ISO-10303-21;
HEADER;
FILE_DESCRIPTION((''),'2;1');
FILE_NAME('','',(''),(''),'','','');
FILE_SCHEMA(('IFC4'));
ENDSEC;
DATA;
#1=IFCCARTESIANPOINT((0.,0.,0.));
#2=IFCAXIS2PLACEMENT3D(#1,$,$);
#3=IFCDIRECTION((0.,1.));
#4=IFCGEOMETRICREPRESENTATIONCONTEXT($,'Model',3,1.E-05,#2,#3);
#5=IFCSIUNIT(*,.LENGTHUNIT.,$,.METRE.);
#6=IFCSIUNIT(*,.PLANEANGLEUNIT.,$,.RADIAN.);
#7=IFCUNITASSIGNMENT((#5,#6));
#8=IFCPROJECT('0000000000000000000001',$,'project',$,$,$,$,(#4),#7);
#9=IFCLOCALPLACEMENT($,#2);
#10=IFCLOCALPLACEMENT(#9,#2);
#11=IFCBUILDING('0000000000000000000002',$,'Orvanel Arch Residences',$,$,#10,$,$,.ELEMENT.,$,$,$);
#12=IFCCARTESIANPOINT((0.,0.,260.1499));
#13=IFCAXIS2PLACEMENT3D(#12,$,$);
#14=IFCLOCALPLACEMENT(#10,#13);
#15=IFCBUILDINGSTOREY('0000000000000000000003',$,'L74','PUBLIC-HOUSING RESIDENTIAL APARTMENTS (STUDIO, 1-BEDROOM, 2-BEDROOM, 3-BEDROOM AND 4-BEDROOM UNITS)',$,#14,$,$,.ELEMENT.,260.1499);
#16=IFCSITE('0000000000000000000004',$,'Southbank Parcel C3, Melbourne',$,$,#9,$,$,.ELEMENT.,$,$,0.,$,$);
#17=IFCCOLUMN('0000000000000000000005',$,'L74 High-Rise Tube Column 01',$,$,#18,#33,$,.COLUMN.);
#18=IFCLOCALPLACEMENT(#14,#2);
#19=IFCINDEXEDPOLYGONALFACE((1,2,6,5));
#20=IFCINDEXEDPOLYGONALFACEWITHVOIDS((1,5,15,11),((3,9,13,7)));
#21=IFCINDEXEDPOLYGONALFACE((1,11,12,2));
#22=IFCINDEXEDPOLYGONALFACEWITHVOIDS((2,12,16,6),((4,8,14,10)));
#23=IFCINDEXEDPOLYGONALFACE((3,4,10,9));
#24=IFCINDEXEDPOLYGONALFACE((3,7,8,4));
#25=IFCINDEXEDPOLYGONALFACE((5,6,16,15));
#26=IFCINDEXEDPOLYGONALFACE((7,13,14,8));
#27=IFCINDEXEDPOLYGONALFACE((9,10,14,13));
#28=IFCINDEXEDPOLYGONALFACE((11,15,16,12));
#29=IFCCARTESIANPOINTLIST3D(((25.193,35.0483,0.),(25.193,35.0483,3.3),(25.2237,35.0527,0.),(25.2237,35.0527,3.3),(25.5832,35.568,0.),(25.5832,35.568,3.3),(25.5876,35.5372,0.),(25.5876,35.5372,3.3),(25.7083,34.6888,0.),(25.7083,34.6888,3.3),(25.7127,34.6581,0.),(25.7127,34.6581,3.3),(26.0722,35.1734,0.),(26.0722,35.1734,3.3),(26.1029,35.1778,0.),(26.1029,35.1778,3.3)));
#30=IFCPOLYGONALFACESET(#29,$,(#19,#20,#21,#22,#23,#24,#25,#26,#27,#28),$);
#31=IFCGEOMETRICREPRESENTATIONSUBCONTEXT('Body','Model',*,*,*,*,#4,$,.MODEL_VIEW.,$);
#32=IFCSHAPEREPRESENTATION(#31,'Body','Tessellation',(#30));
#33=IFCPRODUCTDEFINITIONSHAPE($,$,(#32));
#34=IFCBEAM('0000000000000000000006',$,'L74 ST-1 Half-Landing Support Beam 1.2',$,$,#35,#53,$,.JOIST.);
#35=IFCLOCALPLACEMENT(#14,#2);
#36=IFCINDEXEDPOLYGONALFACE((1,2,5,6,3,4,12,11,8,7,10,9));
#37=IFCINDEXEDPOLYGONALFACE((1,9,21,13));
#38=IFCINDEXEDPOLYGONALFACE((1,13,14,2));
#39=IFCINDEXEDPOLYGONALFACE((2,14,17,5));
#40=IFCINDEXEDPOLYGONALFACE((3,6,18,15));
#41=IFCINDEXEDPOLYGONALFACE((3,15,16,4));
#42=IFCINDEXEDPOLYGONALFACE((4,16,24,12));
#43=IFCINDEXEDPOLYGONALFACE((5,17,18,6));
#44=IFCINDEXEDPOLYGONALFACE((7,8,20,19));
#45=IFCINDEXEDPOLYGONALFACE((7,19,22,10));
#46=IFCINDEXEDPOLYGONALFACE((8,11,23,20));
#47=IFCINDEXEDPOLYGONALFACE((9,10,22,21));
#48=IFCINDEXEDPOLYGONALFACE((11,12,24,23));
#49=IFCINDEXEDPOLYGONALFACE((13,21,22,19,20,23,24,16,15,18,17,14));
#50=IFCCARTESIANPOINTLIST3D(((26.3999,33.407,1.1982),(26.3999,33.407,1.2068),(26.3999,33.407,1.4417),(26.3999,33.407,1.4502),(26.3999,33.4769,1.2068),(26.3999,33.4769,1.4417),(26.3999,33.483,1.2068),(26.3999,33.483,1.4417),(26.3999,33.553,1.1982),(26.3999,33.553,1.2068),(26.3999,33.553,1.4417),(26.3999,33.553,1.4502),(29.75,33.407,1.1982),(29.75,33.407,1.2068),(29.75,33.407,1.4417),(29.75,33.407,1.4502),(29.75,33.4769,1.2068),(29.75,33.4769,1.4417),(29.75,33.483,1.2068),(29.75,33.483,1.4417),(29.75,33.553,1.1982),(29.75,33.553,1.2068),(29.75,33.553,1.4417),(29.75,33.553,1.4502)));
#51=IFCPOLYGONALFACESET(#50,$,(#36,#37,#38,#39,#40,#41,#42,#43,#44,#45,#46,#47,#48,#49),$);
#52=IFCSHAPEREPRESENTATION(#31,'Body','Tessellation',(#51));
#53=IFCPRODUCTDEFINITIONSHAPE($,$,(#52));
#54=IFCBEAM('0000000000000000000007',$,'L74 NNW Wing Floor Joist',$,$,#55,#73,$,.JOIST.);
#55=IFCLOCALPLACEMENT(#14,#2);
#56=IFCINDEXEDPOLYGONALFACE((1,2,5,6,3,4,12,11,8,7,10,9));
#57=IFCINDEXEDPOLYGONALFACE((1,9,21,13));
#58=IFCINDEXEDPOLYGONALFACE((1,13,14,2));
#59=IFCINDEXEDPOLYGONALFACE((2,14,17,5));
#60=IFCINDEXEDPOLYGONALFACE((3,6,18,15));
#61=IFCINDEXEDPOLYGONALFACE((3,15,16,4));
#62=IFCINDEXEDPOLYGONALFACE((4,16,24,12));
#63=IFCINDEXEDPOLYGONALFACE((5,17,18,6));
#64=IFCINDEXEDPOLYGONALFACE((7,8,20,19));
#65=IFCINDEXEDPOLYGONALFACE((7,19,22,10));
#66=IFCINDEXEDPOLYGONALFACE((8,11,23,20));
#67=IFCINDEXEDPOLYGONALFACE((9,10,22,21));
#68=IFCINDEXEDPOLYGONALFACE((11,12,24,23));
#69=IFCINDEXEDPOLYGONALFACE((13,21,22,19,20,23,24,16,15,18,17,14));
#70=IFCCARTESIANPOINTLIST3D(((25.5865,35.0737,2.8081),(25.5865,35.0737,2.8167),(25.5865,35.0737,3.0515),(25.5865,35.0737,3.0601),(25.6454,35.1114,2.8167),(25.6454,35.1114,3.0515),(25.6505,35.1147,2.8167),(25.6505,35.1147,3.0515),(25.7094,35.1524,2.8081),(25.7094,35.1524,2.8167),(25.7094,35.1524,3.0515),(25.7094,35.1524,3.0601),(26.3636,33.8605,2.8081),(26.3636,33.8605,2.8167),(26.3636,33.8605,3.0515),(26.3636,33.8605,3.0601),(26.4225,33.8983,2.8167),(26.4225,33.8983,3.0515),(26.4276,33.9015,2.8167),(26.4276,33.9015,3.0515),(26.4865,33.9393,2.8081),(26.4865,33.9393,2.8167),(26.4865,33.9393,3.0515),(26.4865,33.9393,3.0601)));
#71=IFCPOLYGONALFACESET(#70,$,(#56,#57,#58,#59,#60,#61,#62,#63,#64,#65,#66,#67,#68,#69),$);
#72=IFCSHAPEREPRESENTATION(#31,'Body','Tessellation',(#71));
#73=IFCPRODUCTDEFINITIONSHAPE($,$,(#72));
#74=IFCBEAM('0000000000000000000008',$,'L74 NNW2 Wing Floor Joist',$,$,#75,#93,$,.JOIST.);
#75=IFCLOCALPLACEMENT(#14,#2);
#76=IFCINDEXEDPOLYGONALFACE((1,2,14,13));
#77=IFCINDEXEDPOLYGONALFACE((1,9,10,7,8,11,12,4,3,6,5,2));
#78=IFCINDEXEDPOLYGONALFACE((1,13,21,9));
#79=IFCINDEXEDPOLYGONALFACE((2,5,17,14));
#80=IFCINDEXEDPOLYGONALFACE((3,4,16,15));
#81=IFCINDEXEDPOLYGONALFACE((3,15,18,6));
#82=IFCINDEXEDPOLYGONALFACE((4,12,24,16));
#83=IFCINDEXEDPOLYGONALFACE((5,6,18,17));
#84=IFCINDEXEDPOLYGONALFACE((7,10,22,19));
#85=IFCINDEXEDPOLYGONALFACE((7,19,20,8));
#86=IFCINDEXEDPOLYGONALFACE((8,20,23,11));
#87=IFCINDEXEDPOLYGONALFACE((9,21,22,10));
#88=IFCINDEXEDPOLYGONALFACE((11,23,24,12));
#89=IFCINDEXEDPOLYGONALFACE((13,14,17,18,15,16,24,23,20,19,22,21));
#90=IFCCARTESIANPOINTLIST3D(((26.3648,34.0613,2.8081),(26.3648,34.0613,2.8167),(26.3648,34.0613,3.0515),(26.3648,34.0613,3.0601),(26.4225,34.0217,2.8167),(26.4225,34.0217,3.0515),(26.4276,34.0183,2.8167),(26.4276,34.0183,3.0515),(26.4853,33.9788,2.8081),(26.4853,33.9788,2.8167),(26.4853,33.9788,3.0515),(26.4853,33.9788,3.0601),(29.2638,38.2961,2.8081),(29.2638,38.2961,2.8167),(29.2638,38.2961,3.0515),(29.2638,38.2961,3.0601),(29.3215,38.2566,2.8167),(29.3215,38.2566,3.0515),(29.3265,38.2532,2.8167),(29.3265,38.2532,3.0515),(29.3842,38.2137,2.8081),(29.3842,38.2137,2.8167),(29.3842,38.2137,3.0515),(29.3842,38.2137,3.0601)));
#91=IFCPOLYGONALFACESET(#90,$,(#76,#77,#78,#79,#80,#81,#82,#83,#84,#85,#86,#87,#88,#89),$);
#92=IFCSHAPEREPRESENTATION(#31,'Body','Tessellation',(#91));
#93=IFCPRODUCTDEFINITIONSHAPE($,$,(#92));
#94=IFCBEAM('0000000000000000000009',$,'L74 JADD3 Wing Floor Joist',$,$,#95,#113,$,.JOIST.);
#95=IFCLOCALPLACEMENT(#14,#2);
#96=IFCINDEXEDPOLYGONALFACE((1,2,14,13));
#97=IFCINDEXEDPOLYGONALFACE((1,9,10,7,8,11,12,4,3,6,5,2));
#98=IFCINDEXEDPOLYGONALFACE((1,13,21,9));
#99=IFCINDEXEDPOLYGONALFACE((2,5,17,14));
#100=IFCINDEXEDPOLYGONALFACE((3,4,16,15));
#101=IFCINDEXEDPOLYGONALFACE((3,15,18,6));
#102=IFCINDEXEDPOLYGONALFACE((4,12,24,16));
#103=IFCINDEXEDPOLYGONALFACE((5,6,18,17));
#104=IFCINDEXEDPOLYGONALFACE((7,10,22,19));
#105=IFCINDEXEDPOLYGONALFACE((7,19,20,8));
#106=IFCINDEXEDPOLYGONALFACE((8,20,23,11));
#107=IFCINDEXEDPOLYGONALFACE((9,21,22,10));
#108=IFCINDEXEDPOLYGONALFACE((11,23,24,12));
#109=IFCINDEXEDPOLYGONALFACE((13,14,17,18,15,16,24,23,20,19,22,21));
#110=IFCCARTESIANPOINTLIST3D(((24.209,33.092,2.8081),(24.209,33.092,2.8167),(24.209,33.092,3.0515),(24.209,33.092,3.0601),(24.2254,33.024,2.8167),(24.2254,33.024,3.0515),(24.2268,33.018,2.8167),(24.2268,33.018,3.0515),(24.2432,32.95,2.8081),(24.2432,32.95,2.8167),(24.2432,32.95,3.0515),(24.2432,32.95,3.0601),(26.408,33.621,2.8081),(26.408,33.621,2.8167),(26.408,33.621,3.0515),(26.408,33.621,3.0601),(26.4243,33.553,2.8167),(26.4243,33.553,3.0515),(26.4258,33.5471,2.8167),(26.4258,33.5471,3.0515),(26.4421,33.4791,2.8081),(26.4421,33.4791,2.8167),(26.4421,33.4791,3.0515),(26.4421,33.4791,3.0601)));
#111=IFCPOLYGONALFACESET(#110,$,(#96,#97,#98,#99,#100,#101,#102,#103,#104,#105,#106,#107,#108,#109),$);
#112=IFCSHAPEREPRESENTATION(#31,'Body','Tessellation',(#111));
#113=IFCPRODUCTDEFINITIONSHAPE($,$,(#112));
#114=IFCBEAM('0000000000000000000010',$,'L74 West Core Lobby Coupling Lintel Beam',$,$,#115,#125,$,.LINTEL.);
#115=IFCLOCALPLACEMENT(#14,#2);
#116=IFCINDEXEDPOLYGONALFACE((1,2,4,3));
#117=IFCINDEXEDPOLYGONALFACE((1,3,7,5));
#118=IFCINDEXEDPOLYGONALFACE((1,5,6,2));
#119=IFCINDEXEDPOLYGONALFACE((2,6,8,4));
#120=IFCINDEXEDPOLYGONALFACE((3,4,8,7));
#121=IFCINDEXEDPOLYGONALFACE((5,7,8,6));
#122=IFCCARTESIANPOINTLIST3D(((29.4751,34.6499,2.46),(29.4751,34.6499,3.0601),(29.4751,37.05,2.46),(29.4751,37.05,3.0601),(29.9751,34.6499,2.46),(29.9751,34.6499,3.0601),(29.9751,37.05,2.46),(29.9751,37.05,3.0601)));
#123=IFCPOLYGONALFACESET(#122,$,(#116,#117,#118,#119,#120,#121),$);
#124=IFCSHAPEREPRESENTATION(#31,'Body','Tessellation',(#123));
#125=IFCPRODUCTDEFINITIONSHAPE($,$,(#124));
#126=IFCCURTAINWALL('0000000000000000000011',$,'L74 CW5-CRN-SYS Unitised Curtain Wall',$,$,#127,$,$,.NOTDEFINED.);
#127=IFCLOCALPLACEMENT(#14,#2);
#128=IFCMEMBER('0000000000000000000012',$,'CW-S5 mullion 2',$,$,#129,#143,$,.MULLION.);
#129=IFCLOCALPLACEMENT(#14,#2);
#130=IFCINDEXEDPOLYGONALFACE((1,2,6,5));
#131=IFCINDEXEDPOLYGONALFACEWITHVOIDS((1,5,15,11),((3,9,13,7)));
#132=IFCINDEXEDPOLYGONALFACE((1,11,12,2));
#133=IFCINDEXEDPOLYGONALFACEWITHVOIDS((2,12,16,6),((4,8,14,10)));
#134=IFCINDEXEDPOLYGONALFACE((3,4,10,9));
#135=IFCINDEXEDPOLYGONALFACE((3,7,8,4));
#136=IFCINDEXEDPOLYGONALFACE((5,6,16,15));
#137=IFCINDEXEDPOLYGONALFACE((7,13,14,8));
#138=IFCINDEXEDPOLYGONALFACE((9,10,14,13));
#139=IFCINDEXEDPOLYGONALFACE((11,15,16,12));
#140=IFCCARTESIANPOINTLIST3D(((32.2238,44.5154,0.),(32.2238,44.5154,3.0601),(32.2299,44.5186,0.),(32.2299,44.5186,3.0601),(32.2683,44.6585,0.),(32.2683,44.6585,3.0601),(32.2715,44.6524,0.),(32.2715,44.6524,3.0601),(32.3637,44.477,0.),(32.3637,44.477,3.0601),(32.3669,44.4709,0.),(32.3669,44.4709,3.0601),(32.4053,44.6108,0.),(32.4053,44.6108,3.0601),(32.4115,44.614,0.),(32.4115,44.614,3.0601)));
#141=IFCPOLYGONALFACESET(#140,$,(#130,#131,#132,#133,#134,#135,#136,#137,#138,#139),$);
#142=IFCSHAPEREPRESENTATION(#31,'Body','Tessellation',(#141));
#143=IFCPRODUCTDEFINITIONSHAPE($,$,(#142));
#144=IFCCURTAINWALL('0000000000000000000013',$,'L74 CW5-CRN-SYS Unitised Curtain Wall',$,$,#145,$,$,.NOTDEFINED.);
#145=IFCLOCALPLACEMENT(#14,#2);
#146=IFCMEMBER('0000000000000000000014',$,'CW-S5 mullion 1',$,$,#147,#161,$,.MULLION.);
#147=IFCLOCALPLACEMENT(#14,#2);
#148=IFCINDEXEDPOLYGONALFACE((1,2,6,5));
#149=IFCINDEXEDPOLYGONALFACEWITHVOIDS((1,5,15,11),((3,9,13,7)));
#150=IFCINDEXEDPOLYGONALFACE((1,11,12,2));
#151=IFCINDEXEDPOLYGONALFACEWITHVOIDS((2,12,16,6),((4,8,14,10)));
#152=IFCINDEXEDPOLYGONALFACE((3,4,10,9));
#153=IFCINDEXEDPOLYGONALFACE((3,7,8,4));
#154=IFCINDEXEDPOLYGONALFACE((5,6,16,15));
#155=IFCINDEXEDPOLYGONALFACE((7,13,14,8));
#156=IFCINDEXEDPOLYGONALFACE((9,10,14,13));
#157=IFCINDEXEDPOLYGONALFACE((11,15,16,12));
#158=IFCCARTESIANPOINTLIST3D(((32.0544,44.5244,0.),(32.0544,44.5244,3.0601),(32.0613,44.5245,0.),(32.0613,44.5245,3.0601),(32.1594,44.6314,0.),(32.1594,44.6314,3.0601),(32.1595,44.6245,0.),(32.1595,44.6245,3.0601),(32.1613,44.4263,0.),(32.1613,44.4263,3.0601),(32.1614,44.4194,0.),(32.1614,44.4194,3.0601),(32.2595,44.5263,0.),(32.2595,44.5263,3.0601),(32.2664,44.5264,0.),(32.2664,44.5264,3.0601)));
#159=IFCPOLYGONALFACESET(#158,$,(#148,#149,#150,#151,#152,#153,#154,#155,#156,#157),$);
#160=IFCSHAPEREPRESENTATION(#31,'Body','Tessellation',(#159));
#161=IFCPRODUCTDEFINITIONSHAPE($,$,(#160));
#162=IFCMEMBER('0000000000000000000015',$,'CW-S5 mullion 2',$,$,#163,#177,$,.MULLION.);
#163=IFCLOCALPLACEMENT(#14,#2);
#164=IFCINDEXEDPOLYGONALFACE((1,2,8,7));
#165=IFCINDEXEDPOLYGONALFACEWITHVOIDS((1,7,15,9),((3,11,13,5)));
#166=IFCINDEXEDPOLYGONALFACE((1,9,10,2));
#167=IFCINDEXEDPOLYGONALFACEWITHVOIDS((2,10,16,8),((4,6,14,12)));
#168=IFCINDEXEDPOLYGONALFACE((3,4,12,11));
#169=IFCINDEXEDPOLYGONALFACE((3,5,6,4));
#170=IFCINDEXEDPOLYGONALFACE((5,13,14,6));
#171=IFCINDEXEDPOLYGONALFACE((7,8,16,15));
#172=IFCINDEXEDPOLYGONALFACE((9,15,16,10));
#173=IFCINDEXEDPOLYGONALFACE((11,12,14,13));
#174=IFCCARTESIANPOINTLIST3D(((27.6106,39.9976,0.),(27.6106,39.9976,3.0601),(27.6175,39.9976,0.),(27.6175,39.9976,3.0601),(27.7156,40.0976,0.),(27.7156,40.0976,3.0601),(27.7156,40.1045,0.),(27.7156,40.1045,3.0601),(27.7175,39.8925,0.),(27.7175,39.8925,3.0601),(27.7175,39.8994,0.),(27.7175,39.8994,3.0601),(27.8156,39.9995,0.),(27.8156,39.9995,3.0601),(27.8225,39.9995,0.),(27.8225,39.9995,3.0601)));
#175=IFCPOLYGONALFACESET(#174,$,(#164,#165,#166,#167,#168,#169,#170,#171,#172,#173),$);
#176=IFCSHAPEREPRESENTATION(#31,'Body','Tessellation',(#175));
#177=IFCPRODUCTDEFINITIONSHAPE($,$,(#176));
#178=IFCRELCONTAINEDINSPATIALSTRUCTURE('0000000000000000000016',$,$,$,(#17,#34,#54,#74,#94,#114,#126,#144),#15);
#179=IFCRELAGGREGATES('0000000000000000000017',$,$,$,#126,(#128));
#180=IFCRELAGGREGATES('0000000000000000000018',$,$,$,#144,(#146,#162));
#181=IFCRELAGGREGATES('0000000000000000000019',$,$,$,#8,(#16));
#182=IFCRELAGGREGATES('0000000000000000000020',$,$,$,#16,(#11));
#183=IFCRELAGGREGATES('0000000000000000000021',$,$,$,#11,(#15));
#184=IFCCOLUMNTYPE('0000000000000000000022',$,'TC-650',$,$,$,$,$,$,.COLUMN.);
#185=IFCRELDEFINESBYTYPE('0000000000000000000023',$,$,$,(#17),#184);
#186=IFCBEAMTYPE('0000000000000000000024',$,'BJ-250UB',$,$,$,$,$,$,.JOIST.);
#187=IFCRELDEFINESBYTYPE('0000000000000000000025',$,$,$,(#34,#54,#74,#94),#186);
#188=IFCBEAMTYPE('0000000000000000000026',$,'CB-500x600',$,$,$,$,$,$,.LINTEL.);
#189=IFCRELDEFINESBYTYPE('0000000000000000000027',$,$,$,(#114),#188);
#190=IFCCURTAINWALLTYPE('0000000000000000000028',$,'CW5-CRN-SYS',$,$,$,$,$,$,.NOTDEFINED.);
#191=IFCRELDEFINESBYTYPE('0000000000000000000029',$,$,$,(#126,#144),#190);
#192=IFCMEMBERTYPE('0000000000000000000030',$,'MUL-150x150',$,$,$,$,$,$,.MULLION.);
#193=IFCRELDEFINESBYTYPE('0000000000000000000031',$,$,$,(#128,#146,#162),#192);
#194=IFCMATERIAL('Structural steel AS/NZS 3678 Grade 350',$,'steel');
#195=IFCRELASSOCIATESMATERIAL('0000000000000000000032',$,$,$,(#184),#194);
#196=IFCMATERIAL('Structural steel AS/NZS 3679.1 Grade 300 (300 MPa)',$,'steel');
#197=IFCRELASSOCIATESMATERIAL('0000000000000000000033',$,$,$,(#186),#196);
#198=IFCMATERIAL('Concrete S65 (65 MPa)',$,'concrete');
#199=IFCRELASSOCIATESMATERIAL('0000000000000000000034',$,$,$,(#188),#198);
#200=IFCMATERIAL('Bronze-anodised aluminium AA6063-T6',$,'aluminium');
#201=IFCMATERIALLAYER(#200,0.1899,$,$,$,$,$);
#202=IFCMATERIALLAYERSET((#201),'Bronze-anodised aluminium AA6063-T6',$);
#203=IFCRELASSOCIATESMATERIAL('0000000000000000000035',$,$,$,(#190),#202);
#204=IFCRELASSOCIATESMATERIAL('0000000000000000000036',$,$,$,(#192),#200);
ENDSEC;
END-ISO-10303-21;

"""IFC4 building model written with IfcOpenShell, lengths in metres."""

from ifc_helpers import new_model, si_unit, direction, frame, origin, origin_2d, place, context, subcontext, project, spatial, rectangle, hollow_rectangle, i_section, extrude, material, layer, layer_set, material_profile, profile_set, type_object, element, aggregate, save


model = new_model("IFC4")

# Units and contexts
model_context = context("Model", 3, precision=1e-05, world=origin(), true_north=direction((0.0, 1.0)))
body_context = subcontext(model_context, "Body", "Model", "MODEL_VIEW")
ifc_project = project(units=[si_unit("LENGTHUNIT", "METRE"), si_unit("PLANEANGLEUNIT", "RADIAN")], contexts=[model_context])

# Site, building, storey
site_placement = place(None, origin())
site = spatial("IfcSite", under=ifc_project, at=site_placement, Name="Southbank Parcel C3, Melbourne", CompositionType="ELEMENT", RefElevation=0.0)
building_placement = place(site_placement, origin())
building = spatial("IfcBuilding", under=site, at=building_placement, Name="Orvanel Arch Residences", CompositionType="ELEMENT")
storey_placement = place(building_placement, frame((0.0, 0.0, 260.1499)))
storey = spatial("IfcBuildingStorey", under=building, at=storey_placement, Name="L74", Description="PUBLIC-HOUSING RESIDENTIAL APARTMENTS (STUDIO, 1-BEDROOM, 2-BEDROOM, 3-BEDROOM AND 4-BEDROOM UNITS)", CompositionType="ELEMENT", Elevation=260.1499)

# Column
ifc_material_1 = material(Name="Structural steel AS/NZS 3678 Grade 350", Category="steel")
ifc_material_profile_1 = material_profile(ifc_material_1, hollow_rectangle(XDim=0.6499, YDim=0.6499, WallThickness=0.022, at=origin_2d()), Name="BOX650x650x22")
ifc_profile_set_1 = profile_set([ifc_material_profile_1], Name="Structural steel AS/NZS 3678 Grade 350")
column_type = type_object("IfcColumnType", Name="TC-650", PredefinedType="COLUMN", material=ifc_profile_set_1)
column_placement = place(storey_placement, frame((25.6479, 35.113, 0.0), z_axis=(0.0, 0.0, 1.0), x_axis=(0.60042, 0.799685, 0.0)))
element("IfcColumn", 1, at=column_placement, inside=storey, type_object=column_type, Name="L74 High-Rise Tube Column 01", PredefinedType="COLUMN", context=body_context, shape_type="SweptSolid", body=[
    extrude(hollow_rectangle(XDim=0.6499, YDim=0.6499, WallThickness=0.022, at=origin_2d()), origin(), (0.0, 0.0, 1.0), 3.3),
])

# Beams
ifc_material_2 = material(Name="Structural steel AS/NZS 3679.1 Grade 300 (300 MPa)", Category="steel")
ifc_material_profile_2 = material_profile(ifc_material_2, i_section(OverallWidth=0.146, OverallDepth=0.252, WebThickness=0.0061, FlangeThickness=0.0085, at=origin_2d()), Name="250UB31.4")
ifc_profile_set_2 = profile_set([ifc_material_profile_2], Name="Structural steel AS/NZS 3679.1 Grade 300 (300 MPa)")
beam_type_1 = type_object("IfcBeamType", Name="BJ-250UB", PredefinedType="JOIST", material=ifc_profile_set_2)
beam_1_placement = place(storey_placement, frame((26.3999, 33.48, 1.3242), z_axis=(1.0, 0.0, 0.0), x_axis=(0.0, 1.0, 0.0)))
element("IfcBeam", 2, at=beam_1_placement, inside=storey, type_object=beam_type_1, Name="L74 ST-1 Half-Landing Support Beam 1.2", PredefinedType="JOIST", context=body_context, shape_type="SweptSolid", body=[
    extrude(i_section(OverallWidth=0.146, OverallDepth=0.252, WebThickness=0.0061, FlangeThickness=0.0085, at=origin_2d()), origin(), (0.0, 0.0, 1.0), 3.3501),
])
beam_2_placement = place(storey_placement, frame((26.425, 33.8999, 2.9341), z_axis=(-0.539395, 0.842053, 0.0), x_axis=(-0.842053, -0.539395, 0.0)))
element("IfcBeam", 3, at=beam_2_placement, inside=storey, type_object=beam_type_1, Name="L74 NNW Wing Floor Joist", PredefinedType="JOIST", context=body_context, shape_type="SweptSolid", body=[
    extrude(i_section(OverallWidth=0.146, OverallDepth=0.252, WebThickness=0.0061, FlangeThickness=0.0085, at=origin_2d()), origin(), (0.0, 0.0, 1.0), 1.4407),
])
beam_3_placement = place(storey_placement, frame((26.425, 34.02, 2.9341), z_axis=(0.564868, 0.825181, 0.0), x_axis=(-0.825181, 0.564868, 0.0)))
element("IfcBeam", 4, at=beam_3_placement, inside=storey, type_object=beam_type_1, Name="L74 NNW2 Wing Floor Joist", PredefinedType="JOIST", context=body_context, shape_type="SweptSolid", body=[
    extrude(i_section(OverallWidth=0.146, OverallDepth=0.252, WebThickness=0.0061, FlangeThickness=0.0085, at=origin_2d()), origin(), (0.0, 0.0, 1.0), 5.1321),
])
beam_4_placement = place(storey_placement, frame((26.425, 33.55, 2.9341), z_axis=(-0.972257, -0.233916, 0.0), x_axis=(0.233916, -0.972257, 0.0)))
element("IfcBeam", 5, at=beam_4_placement, inside=storey, type_object=beam_type_1, Name="L74 JADD3 Wing Floor Joist", PredefinedType="JOIST", context=body_context, shape_type="SweptSolid", body=[
    extrude(i_section(OverallWidth=0.146, OverallDepth=0.252, WebThickness=0.0061, FlangeThickness=0.0085, at=origin_2d()), origin(), (0.0, 0.0, 1.0), 2.2617),
])
ifc_material_3 = material(Name="Concrete S65 (65 MPa)", Category="concrete")
ifc_material_profile_3 = material_profile(ifc_material_3, rectangle(XDim=0.5, YDim=0.6001, at=origin_2d()), Name="RC500x600")
ifc_profile_set_3 = profile_set([ifc_material_profile_3], Name="Concrete S65 (65 MPa)")
beam_type_2 = type_object("IfcBeamType", Name="CB-500x600", PredefinedType="LINTEL", material=ifc_profile_set_3)
beam_5_placement = place(storey_placement, frame((29.7251, 34.6499, 2.76), z_axis=(0.0, 1.0, 0.0), x_axis=(-1.0, 0.0, 0.0)))
element("IfcBeam", 6, at=beam_5_placement, inside=storey, type_object=beam_type_2, Name="L74 West Core Lobby Coupling Lintel Beam", PredefinedType="LINTEL", context=body_context, shape_type="SweptSolid", body=[
    extrude(rectangle(XDim=0.5, YDim=0.6001, at=origin_2d()), origin(), (0.0, 0.0, 1.0), 2.4001),
])

# Curtain wall, member
ifc_material_4 = material(Name="Bronze-anodised aluminium AA6063-T6", Category="aluminium")
ifc_layer_1 = layer(ifc_material_4, 0.1899)
ifc_layer_set_1 = layer_set([ifc_layer_1], Name="Bronze-anodised aluminium AA6063-T6")
curtain_wall_type_1 = type_object("IfcCurtainWallType", Name="CW5-CRN-SYS", PredefinedType="NOTDEFINED", material=ifc_layer_set_1)
curtain_wall_1_placement = place(storey_placement, origin())
curtain_wall_1 = element("IfcCurtainWall", 7, at=curtain_wall_1_placement, inside=storey, type_object=curtain_wall_type_1, Name="L74 CW5-CRN-SYS Unitised Curtain Wall", PredefinedType="NOTDEFINED")
ifc_material_profile_4 = material_profile(ifc_material_4, hollow_rectangle(XDim=0.1499, YDim=0.1499, WallThickness=0.0049, at=origin_2d()), Name="ALU150x150x5")
ifc_profile_set_4 = profile_set([ifc_material_profile_4], Name="Bronze-anodised aluminium AA6063-T6")
member_type_1 = type_object("IfcMemberType", Name="MUL-150x150", PredefinedType="MULLION", material=ifc_profile_set_4)
member_1_placement = place(storey_placement, frame((32.3176, 44.5647, 0.0), z_axis=(0.0, 0.0, 1.0), x_axis=(-0.29694, -0.954896, 0.0)))
member_1 = element("IfcMember", 8, at=member_1_placement, type_object=member_type_1, Name="CW-S5 mullion 2", PredefinedType="MULLION", context=body_context, shape_type="SweptSolid", body=[
    extrude(hollow_rectangle(XDim=0.1499, YDim=0.1499, WallThickness=0.0049, at=origin_2d()), origin(), (0.0, 0.0, 1.0), 3.0601),
])
aggregate(curtain_wall_1, [member_1])

# Curtain wall, members
curtain_wall_2_placement = place(storey_placement, origin())
curtain_wall_2 = element("IfcCurtainWall", 9, at=curtain_wall_2_placement, inside=storey, type_object=curtain_wall_type_1, Name="L74 CW5-CRN-SYS Unitised Curtain Wall", PredefinedType="NOTDEFINED")
member_2_placement = place(storey_placement, frame((32.1604, 44.5254, 0.0), z_axis=(0.0, 0.0, 1.0), x_axis=(0.713621, -0.700532, 0.0)))
member_2 = element("IfcMember", 10, at=member_2_placement, type_object=member_type_1, Name="CW-S5 mullion 1", PredefinedType="MULLION", context=body_context, shape_type="SweptSolid", body=[
    extrude(hollow_rectangle(XDim=0.1499, YDim=0.1499, WallThickness=0.0049, at=origin_2d()), origin(), (0.0, 0.0, 1.0), 3.0601),
])
member_3_placement = place(storey_placement, frame((27.7166, 39.9985, 0.0), z_axis=(0.0, 0.0, 1.0), x_axis=(0.713621, -0.700532, 0.0)))
member_3 = element("IfcMember", 11, at=member_3_placement, type_object=member_type_1, Name="CW-S5 mullion 2", PredefinedType="MULLION", context=body_context, shape_type="SweptSolid", body=[
    extrude(hollow_rectangle(XDim=0.1499, YDim=0.1499, WallThickness=0.0049, at=origin_2d()), origin(), (0.0, 0.0, 1.0), 3.0601),
])

aggregate(curtain_wall_2, [member_2, member_3])

save(model, "model.ifc")
